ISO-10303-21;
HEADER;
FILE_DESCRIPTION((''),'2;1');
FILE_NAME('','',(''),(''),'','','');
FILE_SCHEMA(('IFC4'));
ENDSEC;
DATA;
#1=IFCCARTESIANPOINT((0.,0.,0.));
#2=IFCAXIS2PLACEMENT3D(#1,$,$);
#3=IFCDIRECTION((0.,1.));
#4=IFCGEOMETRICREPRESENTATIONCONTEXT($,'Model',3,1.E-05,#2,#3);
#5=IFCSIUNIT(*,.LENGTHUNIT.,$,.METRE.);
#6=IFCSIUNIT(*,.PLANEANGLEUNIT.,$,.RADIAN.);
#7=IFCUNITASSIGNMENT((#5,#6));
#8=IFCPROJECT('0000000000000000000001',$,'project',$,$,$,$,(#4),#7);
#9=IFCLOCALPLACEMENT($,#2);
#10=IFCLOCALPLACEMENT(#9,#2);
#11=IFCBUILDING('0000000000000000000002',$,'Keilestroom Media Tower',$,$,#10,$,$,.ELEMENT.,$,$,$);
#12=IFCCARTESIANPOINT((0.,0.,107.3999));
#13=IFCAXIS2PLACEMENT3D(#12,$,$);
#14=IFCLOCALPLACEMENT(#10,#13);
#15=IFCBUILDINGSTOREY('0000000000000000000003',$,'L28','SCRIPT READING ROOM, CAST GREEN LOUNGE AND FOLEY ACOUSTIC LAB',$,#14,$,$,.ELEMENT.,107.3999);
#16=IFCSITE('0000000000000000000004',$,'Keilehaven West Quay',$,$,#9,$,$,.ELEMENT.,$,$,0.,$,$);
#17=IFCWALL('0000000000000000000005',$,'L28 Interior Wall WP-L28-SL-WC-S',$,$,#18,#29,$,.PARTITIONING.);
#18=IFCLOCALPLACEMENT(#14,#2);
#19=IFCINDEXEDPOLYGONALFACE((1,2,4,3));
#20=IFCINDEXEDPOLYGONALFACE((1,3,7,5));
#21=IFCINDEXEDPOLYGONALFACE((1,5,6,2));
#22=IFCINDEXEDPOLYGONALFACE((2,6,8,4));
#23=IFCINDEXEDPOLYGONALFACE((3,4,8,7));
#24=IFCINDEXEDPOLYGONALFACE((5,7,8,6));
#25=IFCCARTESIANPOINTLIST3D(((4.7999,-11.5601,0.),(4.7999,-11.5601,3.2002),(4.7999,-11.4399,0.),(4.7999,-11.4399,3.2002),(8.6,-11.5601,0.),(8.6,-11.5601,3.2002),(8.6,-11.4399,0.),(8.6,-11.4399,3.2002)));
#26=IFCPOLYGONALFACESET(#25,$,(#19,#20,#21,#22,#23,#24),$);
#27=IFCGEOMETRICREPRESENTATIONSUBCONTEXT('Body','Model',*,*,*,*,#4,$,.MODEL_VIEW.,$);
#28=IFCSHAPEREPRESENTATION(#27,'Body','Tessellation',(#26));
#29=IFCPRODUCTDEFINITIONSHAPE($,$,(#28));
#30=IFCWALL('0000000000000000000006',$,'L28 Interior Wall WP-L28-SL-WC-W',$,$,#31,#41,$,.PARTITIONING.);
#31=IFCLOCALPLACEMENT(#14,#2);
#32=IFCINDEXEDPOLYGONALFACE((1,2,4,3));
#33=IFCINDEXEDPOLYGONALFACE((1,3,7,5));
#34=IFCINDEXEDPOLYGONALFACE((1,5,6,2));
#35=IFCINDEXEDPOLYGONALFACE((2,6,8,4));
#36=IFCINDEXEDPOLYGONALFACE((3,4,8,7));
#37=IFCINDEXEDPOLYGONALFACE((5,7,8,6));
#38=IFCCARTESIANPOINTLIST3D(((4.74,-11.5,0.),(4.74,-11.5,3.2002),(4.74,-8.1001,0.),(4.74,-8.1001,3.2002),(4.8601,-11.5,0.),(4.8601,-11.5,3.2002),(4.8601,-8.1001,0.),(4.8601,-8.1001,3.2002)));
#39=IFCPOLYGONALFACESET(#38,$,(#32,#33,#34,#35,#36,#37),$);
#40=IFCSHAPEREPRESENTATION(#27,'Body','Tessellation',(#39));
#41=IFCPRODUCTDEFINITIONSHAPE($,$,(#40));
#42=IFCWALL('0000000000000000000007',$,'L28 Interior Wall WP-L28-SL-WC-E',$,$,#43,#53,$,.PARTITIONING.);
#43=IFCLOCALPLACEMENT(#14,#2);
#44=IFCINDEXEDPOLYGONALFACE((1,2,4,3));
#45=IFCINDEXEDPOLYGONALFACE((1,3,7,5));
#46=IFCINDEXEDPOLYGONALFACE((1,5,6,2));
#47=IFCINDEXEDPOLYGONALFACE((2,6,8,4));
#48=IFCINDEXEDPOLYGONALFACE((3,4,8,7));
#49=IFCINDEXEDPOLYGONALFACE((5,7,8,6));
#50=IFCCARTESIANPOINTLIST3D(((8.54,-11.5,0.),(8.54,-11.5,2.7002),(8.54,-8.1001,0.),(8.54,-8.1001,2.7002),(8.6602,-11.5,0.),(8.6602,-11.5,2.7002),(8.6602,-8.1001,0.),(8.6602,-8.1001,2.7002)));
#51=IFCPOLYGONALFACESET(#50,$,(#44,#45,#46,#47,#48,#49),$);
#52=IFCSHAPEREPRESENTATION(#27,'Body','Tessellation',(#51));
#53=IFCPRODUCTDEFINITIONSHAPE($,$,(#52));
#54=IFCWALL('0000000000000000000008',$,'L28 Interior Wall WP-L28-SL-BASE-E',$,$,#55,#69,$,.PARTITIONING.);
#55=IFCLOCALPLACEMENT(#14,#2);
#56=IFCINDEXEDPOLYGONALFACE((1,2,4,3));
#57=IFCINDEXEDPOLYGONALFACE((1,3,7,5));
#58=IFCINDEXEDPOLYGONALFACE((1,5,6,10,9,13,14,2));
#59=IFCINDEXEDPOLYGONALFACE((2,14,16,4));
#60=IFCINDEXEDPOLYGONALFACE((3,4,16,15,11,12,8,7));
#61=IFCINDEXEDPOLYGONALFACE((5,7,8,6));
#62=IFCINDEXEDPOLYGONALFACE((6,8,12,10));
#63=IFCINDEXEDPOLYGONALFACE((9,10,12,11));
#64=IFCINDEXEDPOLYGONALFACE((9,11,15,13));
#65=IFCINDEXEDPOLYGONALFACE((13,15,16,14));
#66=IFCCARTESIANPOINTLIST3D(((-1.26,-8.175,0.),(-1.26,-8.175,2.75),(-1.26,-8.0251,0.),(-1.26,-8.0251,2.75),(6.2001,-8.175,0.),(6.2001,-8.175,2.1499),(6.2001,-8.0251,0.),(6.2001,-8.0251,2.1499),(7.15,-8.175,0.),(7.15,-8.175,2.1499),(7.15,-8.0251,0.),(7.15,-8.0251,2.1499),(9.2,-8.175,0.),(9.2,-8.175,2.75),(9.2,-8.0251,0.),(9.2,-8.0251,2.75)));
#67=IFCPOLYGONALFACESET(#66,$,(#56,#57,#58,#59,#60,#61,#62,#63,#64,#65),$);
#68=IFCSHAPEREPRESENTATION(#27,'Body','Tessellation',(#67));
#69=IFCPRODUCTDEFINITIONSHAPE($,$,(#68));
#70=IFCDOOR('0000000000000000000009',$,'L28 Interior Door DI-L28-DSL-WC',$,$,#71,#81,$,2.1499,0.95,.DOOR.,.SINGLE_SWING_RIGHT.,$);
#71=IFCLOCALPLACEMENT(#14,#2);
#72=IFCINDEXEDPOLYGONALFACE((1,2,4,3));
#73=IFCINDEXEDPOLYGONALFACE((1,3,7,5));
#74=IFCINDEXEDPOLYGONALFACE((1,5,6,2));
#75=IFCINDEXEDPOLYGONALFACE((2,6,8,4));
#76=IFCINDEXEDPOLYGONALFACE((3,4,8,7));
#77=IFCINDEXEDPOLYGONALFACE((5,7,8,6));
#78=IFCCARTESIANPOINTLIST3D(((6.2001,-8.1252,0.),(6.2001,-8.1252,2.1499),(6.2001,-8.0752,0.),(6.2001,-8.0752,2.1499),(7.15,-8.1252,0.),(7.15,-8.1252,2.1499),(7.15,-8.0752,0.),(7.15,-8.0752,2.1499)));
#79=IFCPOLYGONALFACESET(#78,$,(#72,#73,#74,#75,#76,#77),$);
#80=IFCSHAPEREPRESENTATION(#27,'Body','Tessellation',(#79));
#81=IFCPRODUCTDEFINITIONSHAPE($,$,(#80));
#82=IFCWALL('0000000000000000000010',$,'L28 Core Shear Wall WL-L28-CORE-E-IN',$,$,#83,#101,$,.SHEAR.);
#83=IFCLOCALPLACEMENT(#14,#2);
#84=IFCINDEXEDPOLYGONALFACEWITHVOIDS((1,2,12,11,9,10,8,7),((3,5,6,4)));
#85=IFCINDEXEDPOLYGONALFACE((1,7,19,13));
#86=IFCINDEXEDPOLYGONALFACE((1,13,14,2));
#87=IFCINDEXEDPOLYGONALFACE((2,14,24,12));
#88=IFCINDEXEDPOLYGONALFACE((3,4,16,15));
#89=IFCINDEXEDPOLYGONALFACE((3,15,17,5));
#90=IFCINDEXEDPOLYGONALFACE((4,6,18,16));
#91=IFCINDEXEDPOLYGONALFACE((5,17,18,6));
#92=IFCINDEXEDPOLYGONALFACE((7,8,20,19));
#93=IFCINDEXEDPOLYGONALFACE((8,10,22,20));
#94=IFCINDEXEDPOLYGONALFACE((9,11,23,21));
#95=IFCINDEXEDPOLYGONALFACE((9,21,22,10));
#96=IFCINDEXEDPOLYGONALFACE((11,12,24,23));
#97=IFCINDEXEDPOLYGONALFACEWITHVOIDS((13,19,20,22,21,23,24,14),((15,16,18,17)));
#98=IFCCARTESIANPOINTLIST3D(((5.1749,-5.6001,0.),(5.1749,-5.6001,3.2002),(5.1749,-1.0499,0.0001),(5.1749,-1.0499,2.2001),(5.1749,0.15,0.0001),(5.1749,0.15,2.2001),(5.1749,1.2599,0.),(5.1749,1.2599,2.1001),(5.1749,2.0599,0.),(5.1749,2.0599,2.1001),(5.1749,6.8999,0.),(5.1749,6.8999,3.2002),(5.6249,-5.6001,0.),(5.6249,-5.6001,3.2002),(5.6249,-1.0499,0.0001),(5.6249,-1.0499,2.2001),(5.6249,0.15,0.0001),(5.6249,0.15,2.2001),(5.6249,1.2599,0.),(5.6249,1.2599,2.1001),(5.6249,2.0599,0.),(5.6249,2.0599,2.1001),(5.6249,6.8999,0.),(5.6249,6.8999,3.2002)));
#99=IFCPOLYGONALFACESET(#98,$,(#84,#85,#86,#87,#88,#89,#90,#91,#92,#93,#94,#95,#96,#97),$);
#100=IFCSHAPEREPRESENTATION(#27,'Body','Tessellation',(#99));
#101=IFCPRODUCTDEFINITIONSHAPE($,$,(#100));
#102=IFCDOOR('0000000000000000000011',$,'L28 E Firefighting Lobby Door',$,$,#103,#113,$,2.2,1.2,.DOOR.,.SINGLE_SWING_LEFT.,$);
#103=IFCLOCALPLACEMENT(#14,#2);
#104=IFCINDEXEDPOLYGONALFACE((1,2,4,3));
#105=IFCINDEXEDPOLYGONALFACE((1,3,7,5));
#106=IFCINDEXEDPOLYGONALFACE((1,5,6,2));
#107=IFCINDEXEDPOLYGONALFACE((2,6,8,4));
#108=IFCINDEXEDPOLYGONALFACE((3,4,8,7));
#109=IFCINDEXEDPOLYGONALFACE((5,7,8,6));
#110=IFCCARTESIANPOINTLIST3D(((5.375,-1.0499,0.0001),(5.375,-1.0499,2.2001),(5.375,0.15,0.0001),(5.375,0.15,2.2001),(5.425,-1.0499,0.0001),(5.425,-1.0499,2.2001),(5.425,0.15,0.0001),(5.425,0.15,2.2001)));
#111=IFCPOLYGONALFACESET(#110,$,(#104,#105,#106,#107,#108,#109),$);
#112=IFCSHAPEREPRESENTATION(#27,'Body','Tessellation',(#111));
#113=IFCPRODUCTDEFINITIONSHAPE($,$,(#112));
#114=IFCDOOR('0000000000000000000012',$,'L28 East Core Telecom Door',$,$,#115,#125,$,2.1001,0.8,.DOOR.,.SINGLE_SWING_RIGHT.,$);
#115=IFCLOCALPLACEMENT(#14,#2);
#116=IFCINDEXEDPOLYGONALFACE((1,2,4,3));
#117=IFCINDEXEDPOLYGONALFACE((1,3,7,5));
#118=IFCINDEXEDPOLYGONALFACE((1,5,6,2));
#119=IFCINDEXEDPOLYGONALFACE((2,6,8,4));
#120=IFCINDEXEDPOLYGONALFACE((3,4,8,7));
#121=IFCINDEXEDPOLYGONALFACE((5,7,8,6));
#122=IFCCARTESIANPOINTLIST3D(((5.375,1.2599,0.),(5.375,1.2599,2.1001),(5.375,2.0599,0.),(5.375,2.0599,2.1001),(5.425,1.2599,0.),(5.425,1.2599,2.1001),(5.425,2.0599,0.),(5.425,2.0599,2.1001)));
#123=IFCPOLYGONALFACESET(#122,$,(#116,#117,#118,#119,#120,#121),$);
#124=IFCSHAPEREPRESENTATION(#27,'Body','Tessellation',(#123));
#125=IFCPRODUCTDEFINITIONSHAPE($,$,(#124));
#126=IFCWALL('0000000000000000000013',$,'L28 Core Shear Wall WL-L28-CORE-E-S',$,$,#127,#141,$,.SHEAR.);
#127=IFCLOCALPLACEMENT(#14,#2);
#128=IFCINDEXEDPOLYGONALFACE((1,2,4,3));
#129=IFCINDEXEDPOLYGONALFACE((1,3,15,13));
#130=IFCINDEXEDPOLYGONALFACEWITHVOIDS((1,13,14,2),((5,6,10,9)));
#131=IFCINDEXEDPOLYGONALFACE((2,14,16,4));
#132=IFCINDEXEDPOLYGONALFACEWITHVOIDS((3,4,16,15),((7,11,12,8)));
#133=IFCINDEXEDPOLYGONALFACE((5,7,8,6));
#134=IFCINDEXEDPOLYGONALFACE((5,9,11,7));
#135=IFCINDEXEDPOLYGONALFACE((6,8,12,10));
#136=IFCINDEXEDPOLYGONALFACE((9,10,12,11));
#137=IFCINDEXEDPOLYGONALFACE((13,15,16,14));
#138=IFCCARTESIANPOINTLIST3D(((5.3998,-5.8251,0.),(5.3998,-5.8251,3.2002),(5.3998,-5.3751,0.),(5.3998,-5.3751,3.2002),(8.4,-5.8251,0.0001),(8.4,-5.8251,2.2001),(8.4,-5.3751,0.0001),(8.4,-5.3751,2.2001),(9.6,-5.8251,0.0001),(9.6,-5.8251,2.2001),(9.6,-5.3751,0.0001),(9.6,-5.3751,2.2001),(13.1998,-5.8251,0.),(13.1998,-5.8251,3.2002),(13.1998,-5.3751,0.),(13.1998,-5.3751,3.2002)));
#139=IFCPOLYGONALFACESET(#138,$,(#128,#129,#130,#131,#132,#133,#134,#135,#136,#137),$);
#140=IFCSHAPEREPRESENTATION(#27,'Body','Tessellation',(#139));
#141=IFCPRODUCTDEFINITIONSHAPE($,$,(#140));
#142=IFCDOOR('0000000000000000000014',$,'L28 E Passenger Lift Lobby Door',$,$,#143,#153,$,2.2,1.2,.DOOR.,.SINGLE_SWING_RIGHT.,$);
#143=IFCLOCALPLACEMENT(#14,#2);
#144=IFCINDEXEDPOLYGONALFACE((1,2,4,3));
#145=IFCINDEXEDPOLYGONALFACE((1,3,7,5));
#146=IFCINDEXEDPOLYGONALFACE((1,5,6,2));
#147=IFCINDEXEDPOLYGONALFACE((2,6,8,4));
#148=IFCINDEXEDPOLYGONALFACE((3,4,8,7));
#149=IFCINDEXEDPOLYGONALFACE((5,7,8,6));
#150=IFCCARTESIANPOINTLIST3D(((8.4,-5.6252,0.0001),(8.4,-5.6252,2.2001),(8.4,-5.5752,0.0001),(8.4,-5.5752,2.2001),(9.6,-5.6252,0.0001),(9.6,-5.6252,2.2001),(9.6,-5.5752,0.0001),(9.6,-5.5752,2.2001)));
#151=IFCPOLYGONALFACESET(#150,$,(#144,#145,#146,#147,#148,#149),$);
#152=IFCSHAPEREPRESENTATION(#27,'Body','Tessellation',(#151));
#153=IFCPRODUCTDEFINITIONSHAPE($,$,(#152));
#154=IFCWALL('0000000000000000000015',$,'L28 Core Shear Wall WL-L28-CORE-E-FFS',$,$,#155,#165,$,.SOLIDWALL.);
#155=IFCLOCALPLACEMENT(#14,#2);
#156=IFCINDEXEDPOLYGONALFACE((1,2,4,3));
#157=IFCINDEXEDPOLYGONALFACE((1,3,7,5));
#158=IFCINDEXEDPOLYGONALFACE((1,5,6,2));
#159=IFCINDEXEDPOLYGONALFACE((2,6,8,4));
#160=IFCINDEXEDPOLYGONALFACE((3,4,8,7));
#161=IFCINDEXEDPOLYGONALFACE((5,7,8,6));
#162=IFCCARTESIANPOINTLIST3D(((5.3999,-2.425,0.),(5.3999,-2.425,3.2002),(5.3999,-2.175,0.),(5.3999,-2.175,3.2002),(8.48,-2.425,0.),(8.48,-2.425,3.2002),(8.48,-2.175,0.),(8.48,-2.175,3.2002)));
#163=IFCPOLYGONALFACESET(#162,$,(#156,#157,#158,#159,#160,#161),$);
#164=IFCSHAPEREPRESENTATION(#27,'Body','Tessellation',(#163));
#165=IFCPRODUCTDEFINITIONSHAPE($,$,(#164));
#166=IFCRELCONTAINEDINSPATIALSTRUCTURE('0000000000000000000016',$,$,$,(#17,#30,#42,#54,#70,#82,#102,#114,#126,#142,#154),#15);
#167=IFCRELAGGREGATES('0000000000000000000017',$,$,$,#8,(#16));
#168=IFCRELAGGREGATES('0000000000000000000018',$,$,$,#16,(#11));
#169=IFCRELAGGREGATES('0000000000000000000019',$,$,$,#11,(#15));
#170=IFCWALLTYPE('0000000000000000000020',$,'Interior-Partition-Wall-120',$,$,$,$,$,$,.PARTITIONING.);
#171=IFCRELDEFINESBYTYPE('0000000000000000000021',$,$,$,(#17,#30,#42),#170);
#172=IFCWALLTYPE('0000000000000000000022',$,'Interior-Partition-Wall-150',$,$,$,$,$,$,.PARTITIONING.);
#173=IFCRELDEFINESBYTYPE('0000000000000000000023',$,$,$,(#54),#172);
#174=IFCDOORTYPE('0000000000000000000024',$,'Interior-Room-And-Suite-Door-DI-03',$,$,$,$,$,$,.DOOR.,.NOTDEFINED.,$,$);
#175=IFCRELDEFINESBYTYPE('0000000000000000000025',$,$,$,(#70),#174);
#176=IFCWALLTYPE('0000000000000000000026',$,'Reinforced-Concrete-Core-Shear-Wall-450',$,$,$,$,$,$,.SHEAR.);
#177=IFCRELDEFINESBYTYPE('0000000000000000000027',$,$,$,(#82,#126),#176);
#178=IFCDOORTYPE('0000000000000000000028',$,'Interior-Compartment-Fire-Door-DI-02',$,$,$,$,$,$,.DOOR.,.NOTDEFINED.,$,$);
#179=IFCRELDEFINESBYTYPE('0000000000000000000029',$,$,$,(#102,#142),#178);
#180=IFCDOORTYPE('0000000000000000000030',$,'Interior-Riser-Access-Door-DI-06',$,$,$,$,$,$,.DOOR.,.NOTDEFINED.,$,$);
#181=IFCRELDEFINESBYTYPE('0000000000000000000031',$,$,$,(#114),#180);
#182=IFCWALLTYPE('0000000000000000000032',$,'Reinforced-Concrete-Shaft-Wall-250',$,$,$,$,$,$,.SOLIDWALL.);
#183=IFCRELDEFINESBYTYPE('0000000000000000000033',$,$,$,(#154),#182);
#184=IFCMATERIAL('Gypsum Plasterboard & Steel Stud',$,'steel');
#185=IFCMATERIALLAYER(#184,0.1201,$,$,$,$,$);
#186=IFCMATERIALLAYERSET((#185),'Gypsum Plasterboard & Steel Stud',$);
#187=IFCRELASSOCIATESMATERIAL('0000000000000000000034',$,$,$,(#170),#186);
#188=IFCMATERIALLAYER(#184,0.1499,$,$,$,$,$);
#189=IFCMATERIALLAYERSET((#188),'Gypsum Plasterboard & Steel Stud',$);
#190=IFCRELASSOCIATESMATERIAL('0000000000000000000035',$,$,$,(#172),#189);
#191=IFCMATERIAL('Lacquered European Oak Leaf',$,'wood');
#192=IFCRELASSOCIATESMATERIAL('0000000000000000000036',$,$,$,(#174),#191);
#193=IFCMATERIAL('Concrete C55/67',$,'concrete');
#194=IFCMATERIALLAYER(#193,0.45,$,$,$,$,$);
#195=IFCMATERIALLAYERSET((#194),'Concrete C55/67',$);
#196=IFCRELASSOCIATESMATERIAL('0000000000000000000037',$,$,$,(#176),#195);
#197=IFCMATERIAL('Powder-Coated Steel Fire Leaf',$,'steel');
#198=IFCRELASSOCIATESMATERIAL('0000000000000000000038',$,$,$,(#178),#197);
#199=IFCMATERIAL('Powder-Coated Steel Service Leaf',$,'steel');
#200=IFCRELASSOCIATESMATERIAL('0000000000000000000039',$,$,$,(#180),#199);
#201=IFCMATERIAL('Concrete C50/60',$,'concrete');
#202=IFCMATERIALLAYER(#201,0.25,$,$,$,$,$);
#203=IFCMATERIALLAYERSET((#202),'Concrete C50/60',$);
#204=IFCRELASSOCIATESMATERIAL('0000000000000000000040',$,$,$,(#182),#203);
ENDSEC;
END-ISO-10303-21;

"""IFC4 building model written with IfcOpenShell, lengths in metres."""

from ifc_helpers import new_model, si_unit, direction, frame, frame_2d, origin, place, context, subcontext, project, spatial, rectangle, extrude, source, transform, mapped, material, layer, layer_set, type_object, element, fill, save


model = new_model("IFC4")

# Units and contexts
model_context = context("Model", 3, precision=1e-05, world=origin(), true_north=direction((0.0, 1.0)))
body_context = subcontext(model_context, "Body", "Model", "MODEL_VIEW")
ifc_project = project(units=[si_unit("LENGTHUNIT", "METRE"), si_unit("PLANEANGLEUNIT", "RADIAN")], contexts=[model_context])

# Site, building, storey
site_placement = place(None, origin())
site = spatial("IfcSite", under=ifc_project, at=site_placement, Name="Keilehaven West Quay", CompositionType="ELEMENT", RefElevation=0.0)
building_placement = place(site_placement, origin())
building = spatial("IfcBuilding", under=site, at=building_placement, Name="Keilestroom Media Tower", CompositionType="ELEMENT")
storey_placement = place(building_placement, frame((0.0, 0.0, 107.3999)))
storey = spatial("IfcBuildingStorey", under=building, at=storey_placement, Name="L28", Description="SCRIPT READING ROOM, CAST GREEN LOUNGE AND FOLEY ACOUSTIC LAB", CompositionType="ELEMENT", Elevation=107.3999)

# Shared definitions
ifc_material_1 = material(Name="Concrete C55/67", Category="concrete")

# Walls
ifc_material_2 = material(Name="Gypsum Plasterboard & Steel Stud", Category="steel")
ifc_layer_1 = layer(ifc_material_2, 0.1201)
ifc_layer_set_1 = layer_set([ifc_layer_1], Name="Gypsum Plasterboard & Steel Stud")
wall_type_1 = type_object("IfcWallType", Name="Interior-Partition-Wall-120", PredefinedType="PARTITIONING", material=ifc_layer_set_1)
wall_1_placement = place(storey_placement, frame((4.8, -11.5, 0.0), z_axis=(0.0, 0.0, 1.0), x_axis=(1.0, 0.0, 0.0)))
element("IfcWall", 1, at=wall_1_placement, inside=storey, type_object=wall_type_1, Name="L28 Interior Wall WP-L28-SL-WC-S", PredefinedType="PARTITIONING", context=body_context, shape_type="SweptSolid", body=[
    extrude(rectangle(XDim=3.8, YDim=0.1201, at=frame_2d((1.8999, 0.0))), origin(), (0.0, 0.0, 1.0), 3.2002),
])
wall_2_placement = place(storey_placement, frame((4.8, -11.5, 0.0), z_axis=(0.0, 0.0, 1.0), x_axis=(0.0, 1.0, 0.0)))
element("IfcWall", 2, at=wall_2_placement, inside=storey, type_object=wall_type_1, Name="L28 Interior Wall WP-L28-SL-WC-W", PredefinedType="PARTITIONING", context=body_context, shape_type="SweptSolid", body=[
    extrude(rectangle(XDim=3.3999, YDim=0.1201, at=frame_2d((1.7, 0.0))), origin(), (0.0, 0.0, 1.0), 3.2002),
])
wall_3_placement = place(storey_placement, frame((8.6001, -11.5, 0.0), z_axis=(0.0, 0.0, 1.0), x_axis=(0.0, 1.0, 0.0)))
element("IfcWall", 3, at=wall_3_placement, inside=storey, type_object=wall_type_1, Name="L28 Interior Wall WP-L28-SL-WC-E", PredefinedType="PARTITIONING", context=body_context, shape_type="SweptSolid", body=[
    extrude(rectangle(XDim=3.3999, YDim=0.1201, at=frame_2d((1.7, 0.0))), origin(), (0.0, 0.0, 1.0), 2.7002),
])

# Wall, opening, door
ifc_layer_2 = layer(ifc_material_2, 0.1499)
ifc_layer_set_2 = layer_set([ifc_layer_2], Name="Gypsum Plasterboard & Steel Stud")
wall_type_2 = type_object("IfcWallType", Name="Interior-Partition-Wall-150", PredefinedType="PARTITIONING", material=ifc_layer_set_2)
wall_4_placement = place(storey_placement, frame((-1.26, -8.1001, 0.0), z_axis=(0.0, 0.0, 1.0), x_axis=(1.0, 0.0, 0.0)))
wall_4 = element("IfcWall", 4, at=wall_4_placement, inside=storey, type_object=wall_type_2, Name="L28 Interior Wall WP-L28-SL-BASE-E", PredefinedType="PARTITIONING", context=body_context, shape_type="SweptSolid", body=[
    extrude(rectangle(XDim=10.46, YDim=0.1499, at=frame_2d((5.23, 0.0))), origin(), (0.0, 0.0, 1.0), 2.75),
])
opening_1_placement = place(wall_4_placement, frame((7.46, 0.0, 0.0)))
opening_1 = element("IfcOpeningElement", 5, at=opening_1_placement, cuts=wall_4, PredefinedType="OPENING", context=body_context, shape_type="SweptSolid", body=[
    extrude(rectangle(XDim=0.95, YDim=2.1499, at=frame_2d((0.4751, 1.075))), frame((0.0, 0.085, 0.0), z_axis=(0.0, -1.0, 0.0), x_axis=(1.0, 0.0, 0.0)), (0.0, 0.0, 1.0), 0.1699),
])
ifc_material_3 = material(Name="Lacquered European Oak Leaf", Category="wood")
door_type_1 = type_object("IfcDoorType", Name="Interior-Room-And-Suite-Door-DI-03", OperationType="NOTDEFINED", PredefinedType="DOOR", material=ifc_material_3)
shared_shape_1 = source(origin(), body_context, "Body", "SweptSolid", [
    extrude(rectangle(XDim=0.95, YDim=2.1499, at=frame_2d((0.4751, 1.075))), frame((0.0, 0.0249, 0.0), z_axis=(0.0, -1.0, 0.0), x_axis=(1.0, 0.0, 0.0)), (0.0, 0.0, 1.0), 0.05),
])
door_1_placement = place(opening_1_placement, origin())
door_1 = element("IfcDoor", 6, at=door_1_placement, inside=storey, type_object=door_type_1, Name="L28 Interior Door DI-L28-DSL-WC", OperationType="SINGLE_SWING_RIGHT", OverallHeight=2.1499, OverallWidth=0.95, PredefinedType="DOOR", context=body_context, shape_type="MappedRepresentation", body=[
    mapped(shared_shape_1, transform((0.0, 0.0, 0.0), x_axis=(1.0, 0.0, 0.0), y_axis=(0.0, 1.0, 0.0), z_axis=(0.0, 0.0, 1.0), scale=1.0)),
])
fill(opening_1, door_1)

# Wall, openings, doors
ifc_layer_3 = layer(ifc_material_1, 0.45)
ifc_layer_set_3 = layer_set([ifc_layer_3], Name="Concrete C55/67")
wall_type_3 = type_object("IfcWallType", Name="Reinforced-Concrete-Core-Shear-Wall-450", PredefinedType="SHEAR", material=ifc_layer_set_3)
wall_5_placement = place(storey_placement, frame((5.3999, -5.6001, 0.0), z_axis=(0.0, 0.0, 1.0), x_axis=(0.0, 1.0, 0.0)))
wall_5 = element("IfcWall", 7, at=wall_5_placement, inside=storey, type_object=wall_type_3, Name="L28 Core Shear Wall WL-L28-CORE-E-IN", PredefinedType="SHEAR", context=body_context, shape_type="SweptSolid", body=[
    extrude(rectangle(XDim=12.5, YDim=0.45, at=frame_2d((6.25, 0.0))), origin(), (0.0, 0.0, 1.0), 3.2002),
])
opening_2_placement = place(wall_5_placement, frame((4.55, 0.0, 0.0)))
opening_2 = element("IfcOpeningElement", 8, at=opening_2_placement, cuts=wall_5, PredefinedType="OPENING", context=body_context, shape_type="SweptSolid", body=[
    extrude(rectangle(XDim=1.2, YDim=2.2, at=frame_2d((0.6001, 1.1001))), frame((0.0, 0.2349, 0.0), z_axis=(0.0, -1.0, 0.0), x_axis=(1.0, 0.0, 0.0)), (0.0, 0.0, 1.0), 0.47),
])
opening_3_placement = place(wall_5_placement, frame((6.8601, 0.0, 0.0)))
opening_3 = element("IfcOpeningElement", 9, at=opening_3_placement, cuts=wall_5, PredefinedType="OPENING", context=body_context, shape_type="SweptSolid", body=[
    extrude(rectangle(XDim=0.8, YDim=2.1001, at=frame_2d((0.3999, 1.05))), frame((0.0, 0.2349, 0.0), z_axis=(0.0, -1.0, 0.0), x_axis=(1.0, 0.0, 0.0)), (0.0, 0.0, 1.0), 0.47),
])
ifc_material_4 = material(Name="Powder-Coated Steel Fire Leaf", Category="steel")
door_type_2 = type_object("IfcDoorType", Name="Interior-Compartment-Fire-Door-DI-02", OperationType="NOTDEFINED", PredefinedType="DOOR", material=ifc_material_4)
shared_shape_2 = source(origin(), body_context, "Body", "SweptSolid", [
    extrude(rectangle(XDim=1.2, YDim=2.2, at=frame_2d((0.6001, 1.1001))), frame((0.0, 0.0249, 0.0), z_axis=(0.0, -1.0, 0.0), x_axis=(1.0, 0.0, 0.0)), (0.0, 0.0, 1.0), 0.05),
])
door_2_placement = place(opening_2_placement, origin())
door_2 = element("IfcDoor", 10, at=door_2_placement, inside=storey, type_object=door_type_2, Name="L28 E Firefighting Lobby Door", OperationType="SINGLE_SWING_LEFT", OverallHeight=2.2, OverallWidth=1.2, PredefinedType="DOOR", context=body_context, shape_type="MappedRepresentation", body=[
    mapped(shared_shape_2, transform((0.0, 0.0, 0.0), x_axis=(1.0, 0.0, 0.0), y_axis=(0.0, 1.0, 0.0), z_axis=(0.0, 0.0, 1.0), scale=1.0)),
])
fill(opening_2, door_2)
ifc_material_5 = material(Name="Powder-Coated Steel Service Leaf", Category="steel")
door_type_3 = type_object("IfcDoorType", Name="Interior-Riser-Access-Door-DI-06", OperationType="NOTDEFINED", PredefinedType="DOOR", material=ifc_material_5)
shared_shape_3 = source(origin(), body_context, "Body", "SweptSolid", [
    extrude(rectangle(XDim=0.8, YDim=2.1001, at=frame_2d((0.3999, 1.05))), frame((0.0, 0.0249, 0.0), z_axis=(0.0, -1.0, 0.0), x_axis=(1.0, 0.0, 0.0)), (0.0, 0.0, 1.0), 0.05),
])
door_3_placement = place(opening_3_placement, origin())
door_3 = element("IfcDoor", 11, at=door_3_placement, inside=storey, type_object=door_type_3, Name="L28 East Core Telecom Door", OperationType="SINGLE_SWING_RIGHT", OverallHeight=2.1001, OverallWidth=0.8, PredefinedType="DOOR", context=body_context, shape_type="MappedRepresentation", body=[
    mapped(shared_shape_3, transform((0.0, 0.0, 0.0), x_axis=(1.0, 0.0, 0.0), y_axis=(0.0, 1.0, 0.0), z_axis=(0.0, 0.0, 1.0), scale=1.0)),
])
fill(opening_3, door_3)

# Wall, opening, door
wall_6_placement = place(storey_placement, frame((5.3999, -5.6001, 0.0), z_axis=(0.0, 0.0, 1.0), x_axis=(1.0, 0.0, 0.0)))
wall_6 = element("IfcWall", 12, at=wall_6_placement, inside=storey, type_object=wall_type_3, Name="L28 Core Shear Wall WL-L28-CORE-E-S", PredefinedType="SHEAR", context=body_context, shape_type="SweptSolid", body=[
    extrude(rectangle(XDim=7.8, YDim=0.45, at=frame_2d((3.8999, 0.0))), origin(), (0.0, 0.0, 1.0), 3.2002),
])
opening_4_placement = place(wall_6_placement, frame((3.0, 0.0, 0.0)))
opening_4 = element("IfcOpeningElement", 13, at=opening_4_placement, cuts=wall_6, PredefinedType="OPENING", context=body_context, shape_type="SweptSolid", body=[
    extrude(rectangle(XDim=1.2, YDim=2.2, at=frame_2d((0.6001, 1.1001))), frame((0.0, 0.2349, 0.0), z_axis=(0.0, -1.0, 0.0), x_axis=(1.0, 0.0, 0.0)), (0.0, 0.0, 1.0), 0.47),
])
door_4_placement = place(opening_4_placement, origin())
door_4 = element("IfcDoor", 14, at=door_4_placement, inside=storey, type_object=door_type_2, Name="L28 E Passenger Lift Lobby Door", OperationType="SINGLE_SWING_RIGHT", OverallHeight=2.2, OverallWidth=1.2, PredefinedType="DOOR", context=body_context, shape_type="MappedRepresentation", body=[
    mapped(shared_shape_2, transform((0.0, 0.0, 0.0), x_axis=(1.0, 0.0, 0.0), y_axis=(0.0, 1.0, 0.0), z_axis=(0.0, 0.0, 1.0), scale=1.0)),
])
fill(opening_4, door_4)

# Wall
ifc_material_6 = material(Name="Concrete C50/60", Category="concrete")
ifc_layer_4 = layer(ifc_material_6, 0.25)
ifc_layer_set_4 = layer_set([ifc_layer_4], Name="Concrete C50/60")
wall_type_4 = type_object("IfcWallType", Name="Reinforced-Concrete-Shaft-Wall-250", PredefinedType="SOLIDWALL", material=ifc_layer_set_4)
wall_7_placement = place(storey_placement, frame((5.3999, -2.3, 0.0), z_axis=(0.0, 0.0, 1.0), x_axis=(1.0, 0.0, 0.0)))
element("IfcWall", 15, at=wall_7_placement, inside=storey, type_object=wall_type_4, Name="L28 Core Shear Wall WL-L28-CORE-E-FFS", PredefinedType="SOLIDWALL", context=body_context, shape_type="SweptSolid", body=[
    extrude(rectangle(XDim=3.0801, YDim=0.25, at=frame_2d((1.54, 0.0))), origin(), (0.0, 0.0, 1.0), 3.2002),
])

save(model, "model.ifc")
